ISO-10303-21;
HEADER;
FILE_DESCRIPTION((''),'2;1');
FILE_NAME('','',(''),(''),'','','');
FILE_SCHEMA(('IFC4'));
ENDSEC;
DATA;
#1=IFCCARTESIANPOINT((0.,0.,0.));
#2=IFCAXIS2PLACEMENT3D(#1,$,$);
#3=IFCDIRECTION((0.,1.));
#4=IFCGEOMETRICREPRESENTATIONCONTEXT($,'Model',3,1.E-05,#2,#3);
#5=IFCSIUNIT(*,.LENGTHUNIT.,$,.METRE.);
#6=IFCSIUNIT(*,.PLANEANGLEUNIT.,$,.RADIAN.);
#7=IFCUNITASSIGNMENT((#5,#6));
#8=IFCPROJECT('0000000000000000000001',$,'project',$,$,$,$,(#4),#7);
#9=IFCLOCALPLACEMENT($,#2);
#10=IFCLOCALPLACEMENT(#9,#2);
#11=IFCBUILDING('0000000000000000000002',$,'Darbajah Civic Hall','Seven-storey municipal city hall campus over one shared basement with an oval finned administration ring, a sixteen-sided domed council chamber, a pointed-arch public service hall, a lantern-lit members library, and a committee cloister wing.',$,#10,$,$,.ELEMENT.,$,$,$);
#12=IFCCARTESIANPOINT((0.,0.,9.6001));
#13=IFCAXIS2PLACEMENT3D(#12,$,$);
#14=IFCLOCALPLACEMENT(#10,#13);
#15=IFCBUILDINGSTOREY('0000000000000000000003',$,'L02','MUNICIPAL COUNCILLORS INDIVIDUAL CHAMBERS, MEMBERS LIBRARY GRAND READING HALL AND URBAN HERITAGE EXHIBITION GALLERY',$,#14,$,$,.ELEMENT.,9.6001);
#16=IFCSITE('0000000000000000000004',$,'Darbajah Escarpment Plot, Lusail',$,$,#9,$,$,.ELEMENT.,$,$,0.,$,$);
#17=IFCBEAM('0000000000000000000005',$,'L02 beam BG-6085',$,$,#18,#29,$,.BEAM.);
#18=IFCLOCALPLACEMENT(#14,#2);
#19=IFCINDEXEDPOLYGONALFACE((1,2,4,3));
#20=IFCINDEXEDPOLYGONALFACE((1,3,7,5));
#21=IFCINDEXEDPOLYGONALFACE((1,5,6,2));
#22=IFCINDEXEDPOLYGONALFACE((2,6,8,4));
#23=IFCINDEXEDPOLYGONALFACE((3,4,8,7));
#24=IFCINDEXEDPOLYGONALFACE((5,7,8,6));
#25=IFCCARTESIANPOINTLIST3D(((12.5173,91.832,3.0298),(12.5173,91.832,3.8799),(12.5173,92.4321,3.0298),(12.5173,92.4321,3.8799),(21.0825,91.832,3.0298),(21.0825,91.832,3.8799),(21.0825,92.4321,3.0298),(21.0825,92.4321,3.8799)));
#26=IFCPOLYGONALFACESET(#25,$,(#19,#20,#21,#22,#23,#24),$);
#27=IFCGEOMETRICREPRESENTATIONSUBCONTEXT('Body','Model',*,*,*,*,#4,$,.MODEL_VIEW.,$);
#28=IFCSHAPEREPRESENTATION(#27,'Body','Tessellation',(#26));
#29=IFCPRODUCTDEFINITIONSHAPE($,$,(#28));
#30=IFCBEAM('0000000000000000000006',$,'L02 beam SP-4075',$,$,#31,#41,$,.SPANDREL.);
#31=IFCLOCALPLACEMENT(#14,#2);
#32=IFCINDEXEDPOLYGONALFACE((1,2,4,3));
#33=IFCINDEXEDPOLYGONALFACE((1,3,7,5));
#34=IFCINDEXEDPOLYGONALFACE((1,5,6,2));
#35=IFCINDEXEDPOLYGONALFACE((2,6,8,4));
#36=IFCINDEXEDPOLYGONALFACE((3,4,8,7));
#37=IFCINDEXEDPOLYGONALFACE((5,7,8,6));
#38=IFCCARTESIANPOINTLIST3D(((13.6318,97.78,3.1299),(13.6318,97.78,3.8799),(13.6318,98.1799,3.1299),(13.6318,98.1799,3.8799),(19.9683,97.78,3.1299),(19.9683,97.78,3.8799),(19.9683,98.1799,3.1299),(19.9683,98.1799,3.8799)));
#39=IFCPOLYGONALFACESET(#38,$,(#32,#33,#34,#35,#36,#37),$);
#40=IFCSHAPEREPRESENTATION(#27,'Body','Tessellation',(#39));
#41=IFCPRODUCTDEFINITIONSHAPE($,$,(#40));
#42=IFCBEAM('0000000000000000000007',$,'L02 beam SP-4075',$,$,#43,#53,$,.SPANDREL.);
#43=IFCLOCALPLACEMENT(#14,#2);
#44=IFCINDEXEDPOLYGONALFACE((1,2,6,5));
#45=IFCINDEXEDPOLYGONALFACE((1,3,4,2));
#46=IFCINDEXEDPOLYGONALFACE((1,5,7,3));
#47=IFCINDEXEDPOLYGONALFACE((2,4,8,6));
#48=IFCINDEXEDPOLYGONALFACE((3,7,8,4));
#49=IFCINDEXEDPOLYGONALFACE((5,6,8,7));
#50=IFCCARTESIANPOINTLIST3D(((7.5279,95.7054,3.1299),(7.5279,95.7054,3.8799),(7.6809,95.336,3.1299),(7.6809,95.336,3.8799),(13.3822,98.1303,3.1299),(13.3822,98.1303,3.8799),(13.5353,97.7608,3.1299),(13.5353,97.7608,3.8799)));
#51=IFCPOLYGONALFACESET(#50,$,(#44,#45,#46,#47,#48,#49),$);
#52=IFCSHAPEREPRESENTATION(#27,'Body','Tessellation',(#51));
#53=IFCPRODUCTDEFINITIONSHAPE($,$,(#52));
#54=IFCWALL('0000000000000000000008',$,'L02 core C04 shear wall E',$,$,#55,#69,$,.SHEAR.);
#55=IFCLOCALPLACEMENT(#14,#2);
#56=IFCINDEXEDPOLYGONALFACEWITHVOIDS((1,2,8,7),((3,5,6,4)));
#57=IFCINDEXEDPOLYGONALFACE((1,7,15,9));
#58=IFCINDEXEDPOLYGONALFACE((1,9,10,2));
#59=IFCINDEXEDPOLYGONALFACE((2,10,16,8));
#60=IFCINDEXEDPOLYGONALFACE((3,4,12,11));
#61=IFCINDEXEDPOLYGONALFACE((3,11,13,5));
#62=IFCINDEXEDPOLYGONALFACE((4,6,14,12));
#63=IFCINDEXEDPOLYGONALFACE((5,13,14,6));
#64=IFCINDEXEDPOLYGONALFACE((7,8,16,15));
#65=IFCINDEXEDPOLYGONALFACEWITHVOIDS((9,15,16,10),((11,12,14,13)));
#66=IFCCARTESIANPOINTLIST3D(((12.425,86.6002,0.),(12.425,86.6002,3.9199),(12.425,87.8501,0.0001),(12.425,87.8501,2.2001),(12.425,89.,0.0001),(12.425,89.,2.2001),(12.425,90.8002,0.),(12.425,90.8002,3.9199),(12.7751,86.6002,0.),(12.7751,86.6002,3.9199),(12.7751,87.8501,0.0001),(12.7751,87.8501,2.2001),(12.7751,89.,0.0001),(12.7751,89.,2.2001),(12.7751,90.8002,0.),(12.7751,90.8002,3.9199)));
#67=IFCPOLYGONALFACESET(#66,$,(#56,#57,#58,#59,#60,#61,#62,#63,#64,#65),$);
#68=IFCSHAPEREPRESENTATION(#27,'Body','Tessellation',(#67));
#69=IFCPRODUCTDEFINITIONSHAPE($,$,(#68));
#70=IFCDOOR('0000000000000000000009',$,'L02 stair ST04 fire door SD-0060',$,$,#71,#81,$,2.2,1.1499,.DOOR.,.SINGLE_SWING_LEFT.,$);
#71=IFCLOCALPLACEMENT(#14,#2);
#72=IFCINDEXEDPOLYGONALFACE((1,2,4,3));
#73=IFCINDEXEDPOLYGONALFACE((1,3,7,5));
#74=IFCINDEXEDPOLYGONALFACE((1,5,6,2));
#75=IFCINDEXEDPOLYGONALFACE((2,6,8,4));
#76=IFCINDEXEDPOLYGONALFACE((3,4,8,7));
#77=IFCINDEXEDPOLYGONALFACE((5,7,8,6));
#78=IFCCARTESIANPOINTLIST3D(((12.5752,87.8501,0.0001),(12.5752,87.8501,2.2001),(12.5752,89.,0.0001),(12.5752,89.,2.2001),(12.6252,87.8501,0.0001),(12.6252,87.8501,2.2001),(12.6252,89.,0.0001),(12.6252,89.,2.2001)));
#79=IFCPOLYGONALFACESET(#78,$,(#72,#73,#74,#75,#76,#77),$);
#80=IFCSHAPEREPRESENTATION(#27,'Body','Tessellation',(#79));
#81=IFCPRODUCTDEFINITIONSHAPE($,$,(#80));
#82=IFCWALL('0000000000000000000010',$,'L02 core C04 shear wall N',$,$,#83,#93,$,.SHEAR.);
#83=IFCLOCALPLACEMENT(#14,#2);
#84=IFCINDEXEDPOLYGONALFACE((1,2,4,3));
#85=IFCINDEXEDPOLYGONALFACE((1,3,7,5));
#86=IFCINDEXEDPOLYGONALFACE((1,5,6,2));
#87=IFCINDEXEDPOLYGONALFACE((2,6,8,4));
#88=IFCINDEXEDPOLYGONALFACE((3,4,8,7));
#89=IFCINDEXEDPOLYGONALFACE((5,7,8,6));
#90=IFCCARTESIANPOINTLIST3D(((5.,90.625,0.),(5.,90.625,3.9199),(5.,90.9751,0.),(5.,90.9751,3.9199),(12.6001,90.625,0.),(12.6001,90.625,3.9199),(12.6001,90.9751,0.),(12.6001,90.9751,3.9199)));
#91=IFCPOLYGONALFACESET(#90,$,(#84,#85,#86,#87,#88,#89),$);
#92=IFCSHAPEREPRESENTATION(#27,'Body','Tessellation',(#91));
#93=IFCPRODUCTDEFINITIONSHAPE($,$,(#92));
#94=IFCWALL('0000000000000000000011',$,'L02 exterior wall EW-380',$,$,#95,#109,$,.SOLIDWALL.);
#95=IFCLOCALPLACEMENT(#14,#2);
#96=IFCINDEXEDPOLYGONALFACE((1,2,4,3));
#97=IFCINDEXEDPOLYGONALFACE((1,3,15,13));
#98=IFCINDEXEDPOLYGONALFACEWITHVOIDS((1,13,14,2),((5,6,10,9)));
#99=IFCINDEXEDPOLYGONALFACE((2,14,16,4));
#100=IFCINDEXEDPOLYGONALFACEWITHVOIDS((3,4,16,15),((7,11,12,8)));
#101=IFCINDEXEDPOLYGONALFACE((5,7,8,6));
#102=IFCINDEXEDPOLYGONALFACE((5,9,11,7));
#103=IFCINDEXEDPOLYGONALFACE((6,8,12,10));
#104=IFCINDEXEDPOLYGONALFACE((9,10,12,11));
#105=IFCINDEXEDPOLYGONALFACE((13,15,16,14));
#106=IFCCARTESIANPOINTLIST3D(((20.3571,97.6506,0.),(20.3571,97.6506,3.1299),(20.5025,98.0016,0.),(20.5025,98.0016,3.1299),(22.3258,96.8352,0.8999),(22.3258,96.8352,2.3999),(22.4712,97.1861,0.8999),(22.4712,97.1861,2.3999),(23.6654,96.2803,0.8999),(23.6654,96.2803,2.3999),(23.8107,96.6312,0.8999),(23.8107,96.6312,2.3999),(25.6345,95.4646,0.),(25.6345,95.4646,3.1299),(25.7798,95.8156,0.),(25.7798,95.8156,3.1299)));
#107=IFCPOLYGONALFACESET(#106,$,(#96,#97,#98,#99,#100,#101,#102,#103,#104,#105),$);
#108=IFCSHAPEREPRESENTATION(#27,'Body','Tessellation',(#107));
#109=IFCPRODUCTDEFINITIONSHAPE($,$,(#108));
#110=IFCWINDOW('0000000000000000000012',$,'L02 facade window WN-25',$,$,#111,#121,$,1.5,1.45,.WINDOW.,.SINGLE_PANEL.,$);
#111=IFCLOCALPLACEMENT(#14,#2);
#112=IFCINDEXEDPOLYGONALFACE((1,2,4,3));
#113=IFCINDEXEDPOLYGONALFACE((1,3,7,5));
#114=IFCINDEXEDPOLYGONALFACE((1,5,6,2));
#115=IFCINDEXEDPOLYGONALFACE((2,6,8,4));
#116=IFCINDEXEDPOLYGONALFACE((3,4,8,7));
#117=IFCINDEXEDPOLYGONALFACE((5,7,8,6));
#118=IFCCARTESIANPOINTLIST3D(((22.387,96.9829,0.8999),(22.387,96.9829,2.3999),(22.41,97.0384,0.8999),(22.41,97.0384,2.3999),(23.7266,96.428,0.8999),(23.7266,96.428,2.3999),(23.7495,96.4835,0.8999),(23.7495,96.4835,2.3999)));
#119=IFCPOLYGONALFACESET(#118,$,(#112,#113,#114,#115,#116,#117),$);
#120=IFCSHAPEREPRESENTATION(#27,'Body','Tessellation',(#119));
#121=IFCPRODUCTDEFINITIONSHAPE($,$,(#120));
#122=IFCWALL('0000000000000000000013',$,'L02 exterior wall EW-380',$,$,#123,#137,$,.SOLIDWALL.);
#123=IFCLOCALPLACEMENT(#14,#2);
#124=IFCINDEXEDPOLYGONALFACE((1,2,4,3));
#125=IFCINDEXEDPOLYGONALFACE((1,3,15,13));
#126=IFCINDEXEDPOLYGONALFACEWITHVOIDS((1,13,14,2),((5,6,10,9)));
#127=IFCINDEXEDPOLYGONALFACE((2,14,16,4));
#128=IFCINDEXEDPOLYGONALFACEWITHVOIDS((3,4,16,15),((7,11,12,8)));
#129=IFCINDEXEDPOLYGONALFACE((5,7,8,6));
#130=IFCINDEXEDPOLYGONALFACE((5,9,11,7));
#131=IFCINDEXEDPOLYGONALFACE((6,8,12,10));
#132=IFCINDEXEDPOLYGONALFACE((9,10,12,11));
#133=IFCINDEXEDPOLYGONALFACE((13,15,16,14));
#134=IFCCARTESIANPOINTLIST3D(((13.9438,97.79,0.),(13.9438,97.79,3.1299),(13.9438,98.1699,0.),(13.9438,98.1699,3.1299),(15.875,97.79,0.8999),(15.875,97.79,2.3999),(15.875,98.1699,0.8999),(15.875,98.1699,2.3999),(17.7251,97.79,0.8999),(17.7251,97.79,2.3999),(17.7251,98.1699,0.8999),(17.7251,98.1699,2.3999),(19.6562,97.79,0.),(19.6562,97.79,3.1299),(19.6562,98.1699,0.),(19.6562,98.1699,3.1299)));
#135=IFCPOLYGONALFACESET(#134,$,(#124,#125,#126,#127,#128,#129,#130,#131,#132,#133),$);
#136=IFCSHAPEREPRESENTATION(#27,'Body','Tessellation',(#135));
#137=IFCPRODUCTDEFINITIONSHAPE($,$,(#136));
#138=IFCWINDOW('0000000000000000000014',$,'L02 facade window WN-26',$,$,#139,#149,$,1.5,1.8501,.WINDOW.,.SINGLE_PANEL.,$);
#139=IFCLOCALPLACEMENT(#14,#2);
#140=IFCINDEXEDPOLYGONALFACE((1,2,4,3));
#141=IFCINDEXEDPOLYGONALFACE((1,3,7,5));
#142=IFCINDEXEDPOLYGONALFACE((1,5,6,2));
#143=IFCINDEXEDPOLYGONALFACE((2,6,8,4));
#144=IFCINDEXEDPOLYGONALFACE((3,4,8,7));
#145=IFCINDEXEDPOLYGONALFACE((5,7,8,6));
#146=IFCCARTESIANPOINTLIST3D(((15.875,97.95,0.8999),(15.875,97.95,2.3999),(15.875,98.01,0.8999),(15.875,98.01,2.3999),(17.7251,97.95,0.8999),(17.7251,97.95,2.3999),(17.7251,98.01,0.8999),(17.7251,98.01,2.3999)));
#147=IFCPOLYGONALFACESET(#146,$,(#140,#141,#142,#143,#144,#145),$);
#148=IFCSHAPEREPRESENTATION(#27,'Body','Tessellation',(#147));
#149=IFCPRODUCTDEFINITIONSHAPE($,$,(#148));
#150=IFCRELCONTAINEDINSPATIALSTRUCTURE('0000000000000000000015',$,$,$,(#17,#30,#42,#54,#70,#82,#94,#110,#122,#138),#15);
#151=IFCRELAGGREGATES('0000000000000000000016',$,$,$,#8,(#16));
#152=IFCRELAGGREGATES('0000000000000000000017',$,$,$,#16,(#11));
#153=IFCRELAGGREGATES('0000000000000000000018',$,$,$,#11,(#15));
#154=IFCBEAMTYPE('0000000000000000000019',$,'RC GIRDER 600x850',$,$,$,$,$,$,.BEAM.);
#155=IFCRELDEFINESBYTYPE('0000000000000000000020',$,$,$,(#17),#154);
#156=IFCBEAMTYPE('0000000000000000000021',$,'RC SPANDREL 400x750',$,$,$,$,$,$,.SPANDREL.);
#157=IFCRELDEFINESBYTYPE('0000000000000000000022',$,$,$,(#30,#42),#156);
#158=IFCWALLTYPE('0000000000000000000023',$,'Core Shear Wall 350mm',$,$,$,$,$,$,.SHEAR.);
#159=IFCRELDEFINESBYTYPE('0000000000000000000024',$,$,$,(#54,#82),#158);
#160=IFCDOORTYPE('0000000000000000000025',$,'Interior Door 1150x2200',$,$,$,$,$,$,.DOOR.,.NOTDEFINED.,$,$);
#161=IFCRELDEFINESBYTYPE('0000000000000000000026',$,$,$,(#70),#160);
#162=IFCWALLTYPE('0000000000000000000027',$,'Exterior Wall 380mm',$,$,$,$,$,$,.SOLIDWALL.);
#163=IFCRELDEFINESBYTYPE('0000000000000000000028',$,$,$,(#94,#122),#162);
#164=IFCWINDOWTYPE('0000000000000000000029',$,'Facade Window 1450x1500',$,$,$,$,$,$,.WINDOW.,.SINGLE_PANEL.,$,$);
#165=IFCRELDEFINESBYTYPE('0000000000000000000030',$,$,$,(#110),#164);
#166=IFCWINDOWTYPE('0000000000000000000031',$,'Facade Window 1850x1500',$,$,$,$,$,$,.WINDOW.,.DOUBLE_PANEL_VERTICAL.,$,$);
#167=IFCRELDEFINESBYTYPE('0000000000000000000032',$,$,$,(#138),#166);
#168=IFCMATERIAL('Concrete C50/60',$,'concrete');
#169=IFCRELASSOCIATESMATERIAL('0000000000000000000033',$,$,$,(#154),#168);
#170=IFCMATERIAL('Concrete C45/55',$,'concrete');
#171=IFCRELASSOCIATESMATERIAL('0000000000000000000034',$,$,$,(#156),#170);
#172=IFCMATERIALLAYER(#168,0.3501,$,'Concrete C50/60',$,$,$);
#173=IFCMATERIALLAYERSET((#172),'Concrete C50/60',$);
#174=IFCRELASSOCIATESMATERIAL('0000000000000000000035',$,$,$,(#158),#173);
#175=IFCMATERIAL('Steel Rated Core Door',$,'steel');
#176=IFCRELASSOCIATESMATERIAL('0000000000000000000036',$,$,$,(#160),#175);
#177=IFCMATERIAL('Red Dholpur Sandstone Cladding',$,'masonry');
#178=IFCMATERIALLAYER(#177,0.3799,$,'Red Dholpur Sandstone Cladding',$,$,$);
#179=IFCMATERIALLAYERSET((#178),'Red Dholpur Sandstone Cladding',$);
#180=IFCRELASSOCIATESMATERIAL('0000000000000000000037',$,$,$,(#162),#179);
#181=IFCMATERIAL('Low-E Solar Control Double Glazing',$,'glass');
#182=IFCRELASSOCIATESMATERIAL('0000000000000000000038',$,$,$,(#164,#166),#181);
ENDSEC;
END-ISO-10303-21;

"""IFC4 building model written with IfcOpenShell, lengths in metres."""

from ifc_helpers import new_model, si_unit, direction, frame, frame_2d, origin, origin_2d, place, context, subcontext, project, spatial, rectangle, extrude, material, layer, layer_set, material_profile, profile_set, type_object, element, fill, save


model = new_model("IFC4")

# Units and contexts
model_context = context("Model", 3, precision=1e-05, world=origin(), true_north=direction((0.0, 1.0)))
body_context = subcontext(model_context, "Body", "Model", "MODEL_VIEW")
ifc_project = project(units=[si_unit("LENGTHUNIT", "METRE"), si_unit("PLANEANGLEUNIT", "RADIAN")], contexts=[model_context])

# Site, building, storey
site_placement = place(None, origin())
site = spatial("IfcSite", under=ifc_project, at=site_placement, Name="Darbajah Escarpment Plot, Lusail", CompositionType="ELEMENT", RefElevation=0.0)
building_placement = place(site_placement, origin())
building = spatial("IfcBuilding", under=site, at=building_placement, Name="Darbajah Civic Hall", Description="Seven-storey municipal city hall campus over one shared basement with an oval finned administration ring, a sixteen-sided domed council chamber, a pointed-arch public service hall, a lantern-lit members library, and a committee cloister wing.", CompositionType="ELEMENT")
storey_placement = place(building_placement, frame((0.0, 0.0, 9.6001)))
storey = spatial("IfcBuildingStorey", under=building, at=storey_placement, Name="L02", Description="MUNICIPAL COUNCILLORS INDIVIDUAL CHAMBERS, MEMBERS LIBRARY GRAND READING HALL AND URBAN HERITAGE EXHIBITION GALLERY", CompositionType="ELEMENT", Elevation=9.6001)

# Shared definitions
ifc_material_1 = material(Name="Concrete C45/55", Category="concrete")
ifc_material_2 = material(Name="Concrete C50/60", Category="concrete")

# Beams
ifc_material_profile_1 = material_profile(ifc_material_2, rectangle(XDim=0.6001, YDim=0.8501, at=origin_2d()), Name="RC GIRDER 600x850")
ifc_profile_set_1 = profile_set([ifc_material_profile_1], Name="Concrete C50/60")
beam_type_1 = type_object("IfcBeamType", Name="RC GIRDER 600x850", PredefinedType="BEAM", material=ifc_profile_set_1)
beam_1_placement = place(storey_placement, frame((21.0825, 92.1321, 3.4548), z_axis=(-1.0, 0.0, 0.0), x_axis=(0.0, -1.0, 0.0)))
element("IfcBeam", 1, at=beam_1_placement, inside=storey, type_object=beam_type_1, Name="L02 beam BG-6085", PredefinedType="BEAM", context=body_context, shape_type="SweptSolid", body=[
    extrude(rectangle(XDim=0.6001, YDim=0.8501, at=origin_2d()), origin(), (0.0, 0.0, 1.0), 8.5652),
])
ifc_material_profile_2 = material_profile(ifc_material_1, rectangle(XDim=0.3999, YDim=0.75, at=origin_2d()), Name="RC SPANDREL 400x750")
ifc_profile_set_2 = profile_set([ifc_material_profile_2], Name="Concrete C45/55")
beam_type_2 = type_object("IfcBeamType", Name="RC SPANDREL 400x750", PredefinedType="SPANDREL", material=ifc_profile_set_2)
beam_2_placement = place(storey_placement, frame((19.9683, 97.98, 3.5049), z_axis=(-1.0, 0.0, 0.0), x_axis=(0.0, -1.0, 0.0)))
element("IfcBeam", 2, at=beam_2_placement, inside=storey, type_object=beam_type_2, Name="L02 beam SP-4075", PredefinedType="SPANDREL", context=body_context, shape_type="SweptSolid", body=[
    extrude(rectangle(XDim=0.3999, YDim=0.75, at=origin_2d()), origin(), (0.0, 0.0, 1.0), 6.3364),
])
beam_3_placement = place(storey_placement, frame((13.4587, 97.9456, 3.5049), z_axis=(-0.923885, -0.382669, 0.0), x_axis=(0.382669, -0.923885, 0.0)))
element("IfcBeam", 3, at=beam_3_placement, inside=storey, type_object=beam_type_2, Name="L02 beam SP-4075", PredefinedType="SPANDREL", context=body_context, shape_type="SweptSolid", body=[
    extrude(rectangle(XDim=0.3999, YDim=0.75, at=origin_2d()), origin(), (0.0, 0.0, 1.0), 6.3367),
])

# Wall, opening, door
ifc_layer_1 = layer(ifc_material_2, 0.3501, Name="Concrete C50/60")
ifc_layer_set_1 = layer_set([ifc_layer_1], Name="Concrete C50/60")
wall_type_1 = type_object("IfcWallType", Name="Core Shear Wall 350mm", PredefinedType="SHEAR", material=ifc_layer_set_1)
wall_1_placement = place(storey_placement, frame((12.6001, 86.6001, 0.0), z_axis=(0.0, 0.0, 1.0), x_axis=(0.0, 1.0, 0.0)))
wall_1 = element("IfcWall", 4, at=wall_1_placement, inside=storey, type_object=wall_type_1, Name="L02 core C04 shear wall E", PredefinedType="SHEAR", context=body_context, shape_type="SweptSolid", body=[
    extrude(rectangle(XDim=4.2, YDim=0.3501, at=frame_2d((2.1001, 0.0))), origin(), (0.0, 0.0, 1.0), 3.9199),
])
opening_1_placement = place(wall_1_placement, frame((1.25, 0.0, 0.0)))
opening_1 = element("IfcOpeningElement", 5, at=opening_1_placement, cuts=wall_1, PredefinedType="OPENING", context=body_context, shape_type="SweptSolid", body=[
    extrude(rectangle(XDim=1.1499, YDim=2.2, at=frame_2d((0.575, 1.1001))), frame((0.0, 0.1851, 0.0), z_axis=(0.0, -1.0, 0.0), x_axis=(1.0, 0.0, 0.0)), (0.0, 0.0, 1.0), 0.3701),
])
ifc_material_3 = material(Name="Steel Rated Core Door", Category="steel")
door_type_1 = type_object("IfcDoorType", Name="Interior Door 1150x2200", OperationType="NOTDEFINED", PredefinedType="DOOR", material=ifc_material_3)
door_1_placement = place(opening_1_placement, origin())
door_1 = element("IfcDoor", 6, at=door_1_placement, inside=storey, type_object=door_type_1, Name="L02 stair ST04 fire door SD-0060", OperationType="SINGLE_SWING_LEFT", OverallHeight=2.2, OverallWidth=1.1499, PredefinedType="DOOR", context=body_context, shape_type="SweptSolid", body=[
    extrude(rectangle(XDim=1.1499, YDim=2.2, at=frame_2d((0.575, 1.1001))), frame((0.0, 0.0249, 0.0), z_axis=(0.0, -1.0, 0.0), x_axis=(1.0, 0.0, 0.0)), (0.0, 0.0, 1.0), 0.05),
])
fill(opening_1, door_1)

# Wall
wall_2_placement = place(storey_placement, frame((12.6001, 90.8, 0.0), z_axis=(0.0, 0.0, 1.0), x_axis=(-1.0, 0.0, 0.0)))
element("IfcWall", 7, at=wall_2_placement, inside=storey, type_object=wall_type_1, Name="L02 core C04 shear wall N", PredefinedType="SHEAR", context=body_context, shape_type="SweptSolid", body=[
    extrude(rectangle(XDim=7.6001, YDim=0.3501, at=frame_2d((3.8, 0.0))), origin(), (0.0, 0.0, 1.0), 3.9199),
])

# Walls, openings, windows
ifc_material_4 = material(Name="Red Dholpur Sandstone Cladding", Category="masonry")
ifc_layer_2 = layer(ifc_material_4, 0.3799, Name="Red Dholpur Sandstone Cladding")
ifc_layer_set_2 = layer_set([ifc_layer_2], Name="Red Dholpur Sandstone Cladding")
wall_type_2 = type_object("IfcWallType", Name="Exterior Wall 380mm", PredefinedType="SOLIDWALL", material=ifc_layer_set_2)
wall_3_placement = place(storey_placement, frame((25.707, 95.6401, 0.0), z_axis=(0.0, 0.0, 1.0), x_axis=(-0.923874, 0.382697, 0.0)))
wall_3 = element("IfcWall", 8, at=wall_3_placement, inside=storey, type_object=wall_type_2, Name="L02 exterior wall EW-380", PredefinedType="SOLIDWALL", context=body_context, shape_type="SweptSolid", body=[
    extrude(rectangle(XDim=5.7122, YDim=0.3799, at=frame_2d((2.856, 0.0))), origin(), (0.0, 0.0, 1.0), 3.1299),
])
opening_2_placement = place(wall_3_placement, frame((2.1311, 0.0, 0.8999)))
opening_2 = element("IfcOpeningElement", 9, at=opening_2_placement, cuts=wall_3, PredefinedType="OPENING", context=body_context, shape_type="SweptSolid", body=[
    extrude(rectangle(XDim=1.45, YDim=1.5, at=frame_2d((0.7251, 0.75))), frame((0.0, 0.2, 0.0), z_axis=(0.0, -1.0, 0.0), x_axis=(1.0, 0.0, 0.0)), (0.0, 0.0, 1.0), 0.3999),
])
ifc_material_5 = material(Name="Low-E Solar Control Double Glazing", Category="glass")
window_type_1 = type_object("IfcWindowType", Name="Facade Window 1450x1500", PartitioningType="SINGLE_PANEL", PredefinedType="WINDOW", material=ifc_material_5)
window_1_placement = place(opening_2_placement, origin())
window_1 = element("IfcWindow", 10, at=window_1_placement, inside=storey, type_object=window_type_1, Name="L02 facade window WN-25", OverallHeight=1.5, OverallWidth=1.45, PartitioningType="SINGLE_PANEL", PredefinedType="WINDOW", context=body_context, shape_type="SweptSolid", body=[
    extrude(rectangle(XDim=1.45, YDim=1.5, at=frame_2d((0.7251, 0.75))), frame((0.0, 0.03, 0.0), z_axis=(0.0, -1.0, 0.0), x_axis=(1.0, 0.0, 0.0)), (0.0, 0.0, 1.0), 0.0601),
])
fill(opening_2, window_1)
wall_4_placement = place(storey_placement, frame((19.6562, 97.98, 0.0), z_axis=(0.0, 0.0, 1.0), x_axis=(-1.0, 0.0, 0.0)))
wall_4 = element("IfcWall", 11, at=wall_4_placement, inside=storey, type_object=wall_type_2, Name="L02 exterior wall EW-380", PredefinedType="SOLIDWALL", context=body_context, shape_type="SweptSolid", body=[
    extrude(rectangle(XDim=5.7124, YDim=0.3799, at=frame_2d((2.8562, 0.0))), origin(), (0.0, 0.0, 1.0), 3.1299),
])
opening_3_placement = place(wall_4_placement, frame((1.9312, 0.0, 0.8999)))
opening_3 = element("IfcOpeningElement", 12, at=opening_3_placement, cuts=wall_4, PredefinedType="OPENING", context=body_context, shape_type="SweptSolid", body=[
    extrude(rectangle(XDim=1.8501, YDim=1.5, at=frame_2d((0.925, 0.75))), frame((0.0, 0.2, 0.0), z_axis=(0.0, -1.0, 0.0), x_axis=(1.0, 0.0, 0.0)), (0.0, 0.0, 1.0), 0.3999),
])
window_type_2 = type_object("IfcWindowType", Name="Facade Window 1850x1500", PartitioningType="DOUBLE_PANEL_VERTICAL", PredefinedType="WINDOW", material=ifc_material_5)
window_2_placement = place(opening_3_placement, origin())
window_2 = element("IfcWindow", 13, at=window_2_placement, inside=storey, type_object=window_type_2, Name="L02 facade window WN-26", OverallHeight=1.5, OverallWidth=1.8501, PartitioningType="SINGLE_PANEL", PredefinedType="WINDOW", context=body_context, shape_type="SweptSolid", body=[
    extrude(rectangle(XDim=1.8501, YDim=1.5, at=frame_2d((0.925, 0.75))), frame((0.0, 0.03, 0.0), z_axis=(0.0, -1.0, 0.0), x_axis=(1.0, 0.0, 0.0)), (0.0, 0.0, 1.0), 0.0601),
])
fill(opening_3, window_2)

save(model, "model.ifc")
